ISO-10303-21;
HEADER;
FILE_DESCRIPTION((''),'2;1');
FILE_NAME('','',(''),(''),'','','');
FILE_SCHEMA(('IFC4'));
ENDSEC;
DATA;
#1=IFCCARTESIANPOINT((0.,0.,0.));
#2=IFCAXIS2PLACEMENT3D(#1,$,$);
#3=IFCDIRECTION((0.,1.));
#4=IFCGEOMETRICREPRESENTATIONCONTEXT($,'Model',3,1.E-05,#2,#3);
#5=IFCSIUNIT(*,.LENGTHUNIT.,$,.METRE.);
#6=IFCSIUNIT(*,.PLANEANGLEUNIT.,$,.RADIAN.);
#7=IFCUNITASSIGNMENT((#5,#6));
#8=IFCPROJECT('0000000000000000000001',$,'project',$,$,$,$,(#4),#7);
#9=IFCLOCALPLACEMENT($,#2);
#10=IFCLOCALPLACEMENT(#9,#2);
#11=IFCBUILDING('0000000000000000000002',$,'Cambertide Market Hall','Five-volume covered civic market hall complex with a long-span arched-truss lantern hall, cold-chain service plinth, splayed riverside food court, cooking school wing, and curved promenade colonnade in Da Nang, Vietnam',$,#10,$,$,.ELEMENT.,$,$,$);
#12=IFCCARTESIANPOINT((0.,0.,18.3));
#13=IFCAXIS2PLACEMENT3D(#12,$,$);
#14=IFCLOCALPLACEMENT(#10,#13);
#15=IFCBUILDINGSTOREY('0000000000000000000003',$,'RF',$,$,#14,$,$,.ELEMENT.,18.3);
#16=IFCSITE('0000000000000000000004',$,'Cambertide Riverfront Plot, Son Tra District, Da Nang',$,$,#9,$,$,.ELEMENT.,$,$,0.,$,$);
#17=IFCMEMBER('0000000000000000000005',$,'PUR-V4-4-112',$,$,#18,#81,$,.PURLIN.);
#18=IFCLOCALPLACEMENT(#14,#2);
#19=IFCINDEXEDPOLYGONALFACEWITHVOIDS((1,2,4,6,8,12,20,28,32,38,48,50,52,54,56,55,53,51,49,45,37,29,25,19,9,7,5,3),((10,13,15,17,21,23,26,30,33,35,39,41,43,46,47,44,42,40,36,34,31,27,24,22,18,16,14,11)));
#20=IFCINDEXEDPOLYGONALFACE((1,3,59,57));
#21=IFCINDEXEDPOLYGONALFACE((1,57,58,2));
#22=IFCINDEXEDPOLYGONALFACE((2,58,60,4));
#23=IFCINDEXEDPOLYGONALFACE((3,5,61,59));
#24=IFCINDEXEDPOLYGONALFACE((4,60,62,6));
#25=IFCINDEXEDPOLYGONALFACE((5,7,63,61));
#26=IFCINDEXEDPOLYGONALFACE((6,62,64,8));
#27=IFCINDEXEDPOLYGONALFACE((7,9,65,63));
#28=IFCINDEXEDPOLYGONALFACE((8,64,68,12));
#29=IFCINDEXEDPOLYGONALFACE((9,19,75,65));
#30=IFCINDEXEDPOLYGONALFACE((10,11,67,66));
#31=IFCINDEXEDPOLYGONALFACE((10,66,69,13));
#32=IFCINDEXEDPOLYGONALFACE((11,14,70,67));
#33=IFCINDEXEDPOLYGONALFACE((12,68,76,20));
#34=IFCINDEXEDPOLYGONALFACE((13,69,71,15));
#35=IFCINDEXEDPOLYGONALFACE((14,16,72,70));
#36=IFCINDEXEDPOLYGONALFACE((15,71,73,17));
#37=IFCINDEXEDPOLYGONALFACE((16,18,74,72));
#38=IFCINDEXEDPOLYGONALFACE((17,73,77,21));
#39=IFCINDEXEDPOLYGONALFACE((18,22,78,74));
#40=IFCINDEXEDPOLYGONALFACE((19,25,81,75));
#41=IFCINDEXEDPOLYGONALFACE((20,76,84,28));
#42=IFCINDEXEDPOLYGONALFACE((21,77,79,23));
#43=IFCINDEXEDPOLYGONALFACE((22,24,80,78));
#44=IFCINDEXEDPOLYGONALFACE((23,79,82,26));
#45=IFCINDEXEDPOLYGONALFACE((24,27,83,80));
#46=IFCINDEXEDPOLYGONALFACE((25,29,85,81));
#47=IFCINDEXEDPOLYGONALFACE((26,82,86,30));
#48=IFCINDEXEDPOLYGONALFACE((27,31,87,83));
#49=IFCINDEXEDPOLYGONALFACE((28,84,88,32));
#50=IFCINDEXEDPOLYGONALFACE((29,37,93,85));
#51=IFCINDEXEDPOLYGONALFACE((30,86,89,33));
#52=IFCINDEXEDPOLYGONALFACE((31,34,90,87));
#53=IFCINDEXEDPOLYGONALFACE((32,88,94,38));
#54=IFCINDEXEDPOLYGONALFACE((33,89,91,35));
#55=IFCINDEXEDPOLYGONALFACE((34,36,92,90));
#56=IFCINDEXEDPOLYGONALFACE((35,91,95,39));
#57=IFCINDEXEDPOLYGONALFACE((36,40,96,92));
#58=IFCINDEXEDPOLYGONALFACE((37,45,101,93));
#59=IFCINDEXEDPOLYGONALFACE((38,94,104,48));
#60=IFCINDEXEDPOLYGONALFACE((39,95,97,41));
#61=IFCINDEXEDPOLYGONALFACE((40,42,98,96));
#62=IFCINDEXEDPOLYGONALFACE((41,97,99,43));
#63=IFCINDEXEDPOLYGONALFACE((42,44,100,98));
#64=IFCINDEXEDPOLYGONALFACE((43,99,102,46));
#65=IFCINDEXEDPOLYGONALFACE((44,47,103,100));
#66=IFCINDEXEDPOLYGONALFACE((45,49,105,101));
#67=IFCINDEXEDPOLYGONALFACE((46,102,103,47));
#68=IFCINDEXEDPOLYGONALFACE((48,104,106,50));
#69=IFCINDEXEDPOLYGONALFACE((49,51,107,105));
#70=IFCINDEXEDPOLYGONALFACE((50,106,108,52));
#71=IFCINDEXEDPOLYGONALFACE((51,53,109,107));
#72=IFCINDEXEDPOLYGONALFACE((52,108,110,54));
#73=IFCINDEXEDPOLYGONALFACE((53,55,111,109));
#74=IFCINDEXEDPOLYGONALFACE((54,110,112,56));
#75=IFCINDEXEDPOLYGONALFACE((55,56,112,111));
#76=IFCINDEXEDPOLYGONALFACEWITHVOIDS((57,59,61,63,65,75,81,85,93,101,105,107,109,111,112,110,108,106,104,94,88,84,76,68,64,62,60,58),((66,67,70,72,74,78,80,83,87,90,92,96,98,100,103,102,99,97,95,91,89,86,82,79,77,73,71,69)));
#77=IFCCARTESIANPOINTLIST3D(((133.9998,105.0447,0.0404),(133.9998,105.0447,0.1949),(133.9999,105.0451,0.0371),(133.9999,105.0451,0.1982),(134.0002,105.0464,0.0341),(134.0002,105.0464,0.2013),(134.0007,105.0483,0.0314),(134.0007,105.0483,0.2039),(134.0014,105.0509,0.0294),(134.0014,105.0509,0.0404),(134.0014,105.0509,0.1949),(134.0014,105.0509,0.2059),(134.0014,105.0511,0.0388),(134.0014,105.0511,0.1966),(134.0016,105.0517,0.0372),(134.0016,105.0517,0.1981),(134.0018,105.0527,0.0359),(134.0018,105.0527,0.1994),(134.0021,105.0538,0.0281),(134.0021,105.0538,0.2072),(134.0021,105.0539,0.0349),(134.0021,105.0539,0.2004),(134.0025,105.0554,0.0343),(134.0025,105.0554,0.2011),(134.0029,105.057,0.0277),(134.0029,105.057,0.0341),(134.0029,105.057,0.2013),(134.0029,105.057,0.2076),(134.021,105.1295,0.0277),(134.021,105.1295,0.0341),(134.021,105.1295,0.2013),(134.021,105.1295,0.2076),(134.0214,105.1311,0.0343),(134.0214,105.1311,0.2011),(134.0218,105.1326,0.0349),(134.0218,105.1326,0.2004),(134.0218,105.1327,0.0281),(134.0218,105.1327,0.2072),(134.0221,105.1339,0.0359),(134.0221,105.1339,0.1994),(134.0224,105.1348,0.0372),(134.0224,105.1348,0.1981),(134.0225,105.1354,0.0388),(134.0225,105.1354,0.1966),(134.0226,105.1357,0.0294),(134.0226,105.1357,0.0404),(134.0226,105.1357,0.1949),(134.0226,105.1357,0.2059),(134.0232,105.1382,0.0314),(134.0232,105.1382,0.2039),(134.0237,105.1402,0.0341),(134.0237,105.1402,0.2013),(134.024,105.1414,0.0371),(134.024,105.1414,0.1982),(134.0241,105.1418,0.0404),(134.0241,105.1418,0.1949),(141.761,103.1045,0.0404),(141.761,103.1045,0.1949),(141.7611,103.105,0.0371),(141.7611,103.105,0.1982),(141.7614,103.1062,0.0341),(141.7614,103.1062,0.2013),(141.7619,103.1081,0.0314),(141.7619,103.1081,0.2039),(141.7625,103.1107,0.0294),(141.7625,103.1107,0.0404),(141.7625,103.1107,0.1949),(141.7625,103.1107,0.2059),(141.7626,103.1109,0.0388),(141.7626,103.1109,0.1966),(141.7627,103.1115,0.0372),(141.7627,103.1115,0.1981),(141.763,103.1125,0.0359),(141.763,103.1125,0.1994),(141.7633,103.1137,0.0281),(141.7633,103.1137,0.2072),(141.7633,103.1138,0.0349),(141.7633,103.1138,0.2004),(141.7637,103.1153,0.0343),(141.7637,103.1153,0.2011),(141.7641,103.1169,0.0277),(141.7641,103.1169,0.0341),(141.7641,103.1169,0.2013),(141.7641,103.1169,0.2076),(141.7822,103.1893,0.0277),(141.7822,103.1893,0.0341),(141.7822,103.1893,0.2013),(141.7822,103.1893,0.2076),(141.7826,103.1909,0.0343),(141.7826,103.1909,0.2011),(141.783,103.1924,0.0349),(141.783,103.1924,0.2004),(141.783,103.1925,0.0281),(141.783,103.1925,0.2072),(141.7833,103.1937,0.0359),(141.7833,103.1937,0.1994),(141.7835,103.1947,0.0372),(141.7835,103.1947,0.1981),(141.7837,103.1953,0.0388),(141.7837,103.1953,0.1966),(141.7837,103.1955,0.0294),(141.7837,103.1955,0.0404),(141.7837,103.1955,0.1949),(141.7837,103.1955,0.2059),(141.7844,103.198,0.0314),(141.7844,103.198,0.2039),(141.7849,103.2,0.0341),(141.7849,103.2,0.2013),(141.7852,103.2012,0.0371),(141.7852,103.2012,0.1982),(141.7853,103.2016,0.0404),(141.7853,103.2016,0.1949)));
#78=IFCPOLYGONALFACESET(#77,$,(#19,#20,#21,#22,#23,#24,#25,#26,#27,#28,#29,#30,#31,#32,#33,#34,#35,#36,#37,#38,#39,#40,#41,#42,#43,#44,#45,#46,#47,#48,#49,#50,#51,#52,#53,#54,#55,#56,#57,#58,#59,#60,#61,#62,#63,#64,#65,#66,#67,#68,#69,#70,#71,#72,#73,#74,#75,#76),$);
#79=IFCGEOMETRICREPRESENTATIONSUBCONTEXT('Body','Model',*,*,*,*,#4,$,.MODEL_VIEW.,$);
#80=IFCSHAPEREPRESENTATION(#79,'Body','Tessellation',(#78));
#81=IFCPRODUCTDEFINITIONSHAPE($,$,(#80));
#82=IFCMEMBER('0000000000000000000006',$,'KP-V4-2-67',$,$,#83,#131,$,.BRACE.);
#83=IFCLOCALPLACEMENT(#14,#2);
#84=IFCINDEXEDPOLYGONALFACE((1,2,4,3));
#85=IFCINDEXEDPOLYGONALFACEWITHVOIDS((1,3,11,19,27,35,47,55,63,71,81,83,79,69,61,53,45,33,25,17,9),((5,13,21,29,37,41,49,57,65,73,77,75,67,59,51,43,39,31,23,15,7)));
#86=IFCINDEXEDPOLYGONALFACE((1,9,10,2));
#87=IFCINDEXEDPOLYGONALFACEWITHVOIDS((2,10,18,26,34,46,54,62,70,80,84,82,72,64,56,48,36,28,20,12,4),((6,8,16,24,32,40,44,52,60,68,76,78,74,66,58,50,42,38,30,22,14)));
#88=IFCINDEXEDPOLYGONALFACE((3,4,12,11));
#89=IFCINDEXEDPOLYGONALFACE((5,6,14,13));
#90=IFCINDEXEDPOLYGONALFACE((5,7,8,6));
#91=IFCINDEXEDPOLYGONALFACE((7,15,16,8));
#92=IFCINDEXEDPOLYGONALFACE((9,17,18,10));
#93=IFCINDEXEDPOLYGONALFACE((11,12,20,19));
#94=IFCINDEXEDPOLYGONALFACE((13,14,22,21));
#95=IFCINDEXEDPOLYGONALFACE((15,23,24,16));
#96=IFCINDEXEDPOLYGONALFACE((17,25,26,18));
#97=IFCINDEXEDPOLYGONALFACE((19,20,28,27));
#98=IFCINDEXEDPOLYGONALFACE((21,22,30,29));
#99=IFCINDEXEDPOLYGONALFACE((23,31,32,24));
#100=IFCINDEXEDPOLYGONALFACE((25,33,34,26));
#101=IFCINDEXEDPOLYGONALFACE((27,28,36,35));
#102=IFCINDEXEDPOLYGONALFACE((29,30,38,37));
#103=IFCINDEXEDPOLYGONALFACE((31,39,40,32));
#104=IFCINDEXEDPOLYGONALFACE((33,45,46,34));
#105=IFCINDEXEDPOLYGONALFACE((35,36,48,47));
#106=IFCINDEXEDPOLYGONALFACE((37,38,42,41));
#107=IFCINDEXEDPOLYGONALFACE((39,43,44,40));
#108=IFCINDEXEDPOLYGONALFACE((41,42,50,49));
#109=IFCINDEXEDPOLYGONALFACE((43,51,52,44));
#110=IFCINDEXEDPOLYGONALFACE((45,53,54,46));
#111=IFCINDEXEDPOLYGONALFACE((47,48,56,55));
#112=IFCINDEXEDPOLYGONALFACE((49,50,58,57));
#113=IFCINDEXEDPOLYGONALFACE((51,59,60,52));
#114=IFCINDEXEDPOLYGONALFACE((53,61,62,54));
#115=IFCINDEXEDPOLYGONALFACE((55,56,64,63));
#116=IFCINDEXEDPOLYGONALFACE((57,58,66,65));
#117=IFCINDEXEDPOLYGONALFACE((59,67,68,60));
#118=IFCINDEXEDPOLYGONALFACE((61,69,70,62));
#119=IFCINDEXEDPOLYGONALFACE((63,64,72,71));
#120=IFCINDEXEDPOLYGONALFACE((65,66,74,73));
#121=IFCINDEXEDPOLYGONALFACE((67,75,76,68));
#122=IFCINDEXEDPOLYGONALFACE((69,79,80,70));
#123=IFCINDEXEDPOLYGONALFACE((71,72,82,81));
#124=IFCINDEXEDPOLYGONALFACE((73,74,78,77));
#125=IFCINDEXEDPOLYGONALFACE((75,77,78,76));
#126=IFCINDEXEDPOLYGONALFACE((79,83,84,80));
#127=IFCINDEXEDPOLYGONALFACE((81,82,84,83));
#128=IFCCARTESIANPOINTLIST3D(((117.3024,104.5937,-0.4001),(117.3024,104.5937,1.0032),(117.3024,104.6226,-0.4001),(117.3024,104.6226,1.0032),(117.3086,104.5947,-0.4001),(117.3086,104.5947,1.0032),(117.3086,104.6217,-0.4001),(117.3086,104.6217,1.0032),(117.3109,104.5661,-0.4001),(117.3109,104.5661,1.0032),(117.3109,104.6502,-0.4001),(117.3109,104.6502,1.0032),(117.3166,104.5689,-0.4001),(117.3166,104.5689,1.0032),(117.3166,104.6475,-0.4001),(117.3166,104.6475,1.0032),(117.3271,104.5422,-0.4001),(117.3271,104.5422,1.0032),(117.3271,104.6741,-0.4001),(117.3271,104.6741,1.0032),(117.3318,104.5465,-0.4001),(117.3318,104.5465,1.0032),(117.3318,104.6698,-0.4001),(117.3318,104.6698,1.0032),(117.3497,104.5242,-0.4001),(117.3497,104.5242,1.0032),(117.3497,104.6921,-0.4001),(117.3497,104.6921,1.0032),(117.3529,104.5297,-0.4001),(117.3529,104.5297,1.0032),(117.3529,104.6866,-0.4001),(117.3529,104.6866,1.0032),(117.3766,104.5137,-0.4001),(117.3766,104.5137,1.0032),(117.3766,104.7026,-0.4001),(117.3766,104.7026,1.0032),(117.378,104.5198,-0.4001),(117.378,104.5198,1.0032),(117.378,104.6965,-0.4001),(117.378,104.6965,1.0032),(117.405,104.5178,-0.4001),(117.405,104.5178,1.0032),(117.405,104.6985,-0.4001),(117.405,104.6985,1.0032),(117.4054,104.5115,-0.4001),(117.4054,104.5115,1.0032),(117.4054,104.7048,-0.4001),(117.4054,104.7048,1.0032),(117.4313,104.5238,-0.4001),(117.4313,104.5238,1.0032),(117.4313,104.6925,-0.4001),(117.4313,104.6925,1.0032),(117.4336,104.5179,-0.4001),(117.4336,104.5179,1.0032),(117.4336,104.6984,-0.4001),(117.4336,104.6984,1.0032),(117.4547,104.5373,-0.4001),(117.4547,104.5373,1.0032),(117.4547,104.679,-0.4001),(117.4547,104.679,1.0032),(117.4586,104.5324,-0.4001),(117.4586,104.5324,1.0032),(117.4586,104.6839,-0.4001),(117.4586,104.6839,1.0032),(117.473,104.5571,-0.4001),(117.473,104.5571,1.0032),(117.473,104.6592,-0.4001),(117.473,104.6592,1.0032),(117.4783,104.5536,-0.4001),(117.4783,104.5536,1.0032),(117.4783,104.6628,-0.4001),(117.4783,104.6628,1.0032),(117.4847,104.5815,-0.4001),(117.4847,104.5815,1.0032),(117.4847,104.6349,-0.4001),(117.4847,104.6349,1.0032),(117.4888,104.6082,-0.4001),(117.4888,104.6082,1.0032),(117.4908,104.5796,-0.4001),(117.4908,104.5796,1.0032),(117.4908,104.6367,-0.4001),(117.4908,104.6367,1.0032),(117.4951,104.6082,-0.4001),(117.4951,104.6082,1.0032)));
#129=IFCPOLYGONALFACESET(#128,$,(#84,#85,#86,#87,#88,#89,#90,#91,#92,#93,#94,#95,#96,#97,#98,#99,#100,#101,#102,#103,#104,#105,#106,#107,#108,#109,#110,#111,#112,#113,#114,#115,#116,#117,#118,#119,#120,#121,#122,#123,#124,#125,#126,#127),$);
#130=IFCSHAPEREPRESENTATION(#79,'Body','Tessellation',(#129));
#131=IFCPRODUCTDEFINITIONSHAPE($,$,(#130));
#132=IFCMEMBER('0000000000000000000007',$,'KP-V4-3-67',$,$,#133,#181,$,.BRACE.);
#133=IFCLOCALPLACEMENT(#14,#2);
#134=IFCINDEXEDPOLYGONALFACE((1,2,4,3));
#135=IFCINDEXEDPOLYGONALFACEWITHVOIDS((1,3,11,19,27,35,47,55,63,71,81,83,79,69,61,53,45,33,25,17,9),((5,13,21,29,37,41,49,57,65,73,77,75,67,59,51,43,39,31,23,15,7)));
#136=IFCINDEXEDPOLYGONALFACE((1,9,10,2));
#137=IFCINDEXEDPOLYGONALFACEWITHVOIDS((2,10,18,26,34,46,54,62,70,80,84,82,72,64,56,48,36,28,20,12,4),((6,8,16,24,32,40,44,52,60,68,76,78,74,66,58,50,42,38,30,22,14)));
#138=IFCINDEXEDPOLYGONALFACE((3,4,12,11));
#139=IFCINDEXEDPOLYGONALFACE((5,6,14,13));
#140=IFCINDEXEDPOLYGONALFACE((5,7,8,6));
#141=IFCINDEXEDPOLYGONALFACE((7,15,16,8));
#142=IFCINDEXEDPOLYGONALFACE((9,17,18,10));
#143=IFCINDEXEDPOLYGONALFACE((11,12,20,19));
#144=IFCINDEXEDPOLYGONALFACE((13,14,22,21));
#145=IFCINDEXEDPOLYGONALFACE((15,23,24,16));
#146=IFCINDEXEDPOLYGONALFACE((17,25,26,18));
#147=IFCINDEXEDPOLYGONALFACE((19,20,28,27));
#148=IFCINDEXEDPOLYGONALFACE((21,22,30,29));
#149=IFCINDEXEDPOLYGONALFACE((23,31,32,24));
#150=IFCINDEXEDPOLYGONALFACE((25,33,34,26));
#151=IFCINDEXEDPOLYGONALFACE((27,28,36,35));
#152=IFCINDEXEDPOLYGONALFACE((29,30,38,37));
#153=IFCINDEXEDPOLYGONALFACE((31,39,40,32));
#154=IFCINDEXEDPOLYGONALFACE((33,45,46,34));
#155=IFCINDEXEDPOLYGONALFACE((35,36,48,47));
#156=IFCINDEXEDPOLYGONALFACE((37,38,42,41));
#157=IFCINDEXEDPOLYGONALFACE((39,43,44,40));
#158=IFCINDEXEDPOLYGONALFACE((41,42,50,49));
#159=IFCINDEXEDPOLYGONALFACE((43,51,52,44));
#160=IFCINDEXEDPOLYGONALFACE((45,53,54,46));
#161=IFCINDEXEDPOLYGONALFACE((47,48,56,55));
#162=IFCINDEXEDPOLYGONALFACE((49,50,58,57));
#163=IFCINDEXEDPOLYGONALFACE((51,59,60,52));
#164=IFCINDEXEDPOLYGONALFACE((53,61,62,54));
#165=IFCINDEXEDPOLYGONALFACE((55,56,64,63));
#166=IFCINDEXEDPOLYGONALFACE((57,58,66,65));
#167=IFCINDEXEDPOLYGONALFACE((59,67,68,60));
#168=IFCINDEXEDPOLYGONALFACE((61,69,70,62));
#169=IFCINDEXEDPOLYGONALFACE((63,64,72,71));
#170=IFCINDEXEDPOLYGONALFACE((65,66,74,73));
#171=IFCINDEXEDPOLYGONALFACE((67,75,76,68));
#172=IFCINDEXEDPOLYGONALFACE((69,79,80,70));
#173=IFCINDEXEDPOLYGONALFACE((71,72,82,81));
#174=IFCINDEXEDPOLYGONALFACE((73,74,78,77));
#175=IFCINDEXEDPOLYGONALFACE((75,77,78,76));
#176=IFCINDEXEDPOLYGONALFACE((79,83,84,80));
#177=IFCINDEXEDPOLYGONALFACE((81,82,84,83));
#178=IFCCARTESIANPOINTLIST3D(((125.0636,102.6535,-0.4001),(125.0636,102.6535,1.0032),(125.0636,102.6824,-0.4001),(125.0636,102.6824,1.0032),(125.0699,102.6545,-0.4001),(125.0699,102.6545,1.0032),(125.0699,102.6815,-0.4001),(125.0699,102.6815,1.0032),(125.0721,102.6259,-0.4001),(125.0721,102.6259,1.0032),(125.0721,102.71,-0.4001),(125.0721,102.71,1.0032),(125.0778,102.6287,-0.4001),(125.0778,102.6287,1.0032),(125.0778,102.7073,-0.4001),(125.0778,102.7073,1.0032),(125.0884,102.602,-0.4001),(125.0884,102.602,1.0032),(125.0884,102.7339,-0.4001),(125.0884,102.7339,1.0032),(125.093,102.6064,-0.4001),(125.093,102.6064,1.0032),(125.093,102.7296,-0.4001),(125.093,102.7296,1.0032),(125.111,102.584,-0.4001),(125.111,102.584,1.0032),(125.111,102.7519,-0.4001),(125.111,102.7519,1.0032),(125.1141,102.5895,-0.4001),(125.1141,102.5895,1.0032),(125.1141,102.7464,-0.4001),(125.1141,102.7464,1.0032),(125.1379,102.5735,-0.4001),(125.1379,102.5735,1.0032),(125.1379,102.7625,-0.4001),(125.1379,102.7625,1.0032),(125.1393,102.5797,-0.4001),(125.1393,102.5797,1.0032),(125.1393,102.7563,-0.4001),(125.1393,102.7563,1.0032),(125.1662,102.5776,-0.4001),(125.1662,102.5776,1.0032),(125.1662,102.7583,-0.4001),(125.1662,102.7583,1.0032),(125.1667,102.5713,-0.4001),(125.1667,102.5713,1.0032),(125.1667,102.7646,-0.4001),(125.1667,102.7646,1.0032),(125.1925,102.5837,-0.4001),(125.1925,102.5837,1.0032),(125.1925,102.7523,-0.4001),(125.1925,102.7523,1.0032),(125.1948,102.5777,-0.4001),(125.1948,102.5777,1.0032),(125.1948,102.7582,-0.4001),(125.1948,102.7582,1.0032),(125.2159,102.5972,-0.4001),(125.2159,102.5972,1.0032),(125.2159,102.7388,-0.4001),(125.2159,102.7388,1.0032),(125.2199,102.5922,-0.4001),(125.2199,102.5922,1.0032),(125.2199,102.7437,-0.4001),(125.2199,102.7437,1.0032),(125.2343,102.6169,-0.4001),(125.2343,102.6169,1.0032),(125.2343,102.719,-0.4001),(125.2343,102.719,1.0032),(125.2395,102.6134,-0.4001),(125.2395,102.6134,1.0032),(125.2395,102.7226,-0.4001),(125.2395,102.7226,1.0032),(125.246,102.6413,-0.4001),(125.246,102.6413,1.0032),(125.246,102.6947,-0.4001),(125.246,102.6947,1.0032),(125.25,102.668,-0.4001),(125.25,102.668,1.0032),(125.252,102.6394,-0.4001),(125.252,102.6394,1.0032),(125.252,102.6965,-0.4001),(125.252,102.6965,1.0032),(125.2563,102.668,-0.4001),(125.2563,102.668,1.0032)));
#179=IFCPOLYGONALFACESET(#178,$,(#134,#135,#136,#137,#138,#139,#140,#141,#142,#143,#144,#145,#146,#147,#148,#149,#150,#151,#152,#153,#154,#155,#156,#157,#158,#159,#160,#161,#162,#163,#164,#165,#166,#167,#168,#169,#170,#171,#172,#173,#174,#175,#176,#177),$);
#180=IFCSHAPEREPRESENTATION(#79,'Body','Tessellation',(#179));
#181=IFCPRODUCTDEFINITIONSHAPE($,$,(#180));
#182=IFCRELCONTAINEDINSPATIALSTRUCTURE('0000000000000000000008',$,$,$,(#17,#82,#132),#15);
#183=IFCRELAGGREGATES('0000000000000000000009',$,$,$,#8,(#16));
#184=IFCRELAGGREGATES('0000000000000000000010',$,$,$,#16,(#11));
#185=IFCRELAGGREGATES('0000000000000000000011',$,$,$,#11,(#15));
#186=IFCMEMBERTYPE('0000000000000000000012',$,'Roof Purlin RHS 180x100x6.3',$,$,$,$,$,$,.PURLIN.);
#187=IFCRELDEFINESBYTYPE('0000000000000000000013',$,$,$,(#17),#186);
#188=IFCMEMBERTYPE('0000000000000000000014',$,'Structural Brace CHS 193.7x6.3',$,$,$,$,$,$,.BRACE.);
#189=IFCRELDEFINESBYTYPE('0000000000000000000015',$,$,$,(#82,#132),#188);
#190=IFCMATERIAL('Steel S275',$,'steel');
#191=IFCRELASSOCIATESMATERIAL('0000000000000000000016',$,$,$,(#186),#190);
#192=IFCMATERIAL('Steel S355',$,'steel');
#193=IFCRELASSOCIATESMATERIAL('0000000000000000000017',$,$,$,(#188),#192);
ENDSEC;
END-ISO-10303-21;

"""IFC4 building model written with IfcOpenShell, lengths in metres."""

from ifc_helpers import new_model, si_unit, direction, frame, origin, origin_2d, place, context, subcontext, project, spatial, hollow_rectangle, hollow_circle, extrude, material, material_profile, profile_set, type_object, element, save


model = new_model("IFC4")

# Units and contexts
model_context = context("Model", 3, precision=1e-05, world=origin(), true_north=direction((0.0, 1.0)))
body_context = subcontext(model_context, "Body", "Model", "MODEL_VIEW")
ifc_project = project(units=[si_unit("LENGTHUNIT", "METRE"), si_unit("PLANEANGLEUNIT", "RADIAN")], contexts=[model_context])

# Site, building, storey
site_placement = place(None, origin())
site = spatial("IfcSite", under=ifc_project, at=site_placement, Name="Cambertide Riverfront Plot, Son Tra District, Da Nang", CompositionType="ELEMENT", RefElevation=0.0)
building_placement = place(site_placement, origin())
building = spatial("IfcBuilding", under=site, at=building_placement, Name="Cambertide Market Hall", Description="Five-volume covered civic market hall complex with a long-span arched-truss lantern hall, cold-chain service plinth, splayed riverside food court, cooking school wing, and curved promenade colonnade in Da Nang, Vietnam", CompositionType="ELEMENT")
storey_placement = place(building_placement, frame((0.0, 0.0, 18.3)))
storey = spatial("IfcBuildingStorey", under=building, at=storey_placement, Name="RF", CompositionType="ELEMENT", Elevation=18.3)

# Members
ifc_material_1 = material(Name="Steel S275", Category="steel")
ifc_material_profile_1 = material_profile(ifc_material_1, hollow_rectangle(XDim=0.1001, YDim=0.1799, WallThickness=0.0063, InnerFilletRadius=0.0063, OuterFilletRadius=0.0127, at=origin_2d()), Name="RHS 180x100x6.3")
ifc_profile_set_1 = profile_set([ifc_material_profile_1], Name="Steel S275")
member_type_1 = type_object("IfcMemberType", Name="Roof Purlin RHS 180x100x6.3", PredefinedType="PURLIN", material=ifc_profile_set_1)
member_1_placement = place(storey_placement, frame((134.012, 105.0933, 0.1177), z_axis=(0.970146, -0.242521, 0.0), x_axis=(0.242521, 0.970146, 0.0)))
element("IfcMember", 1, at=member_1_placement, inside=storey, type_object=member_type_1, Name="PUR-V4-4-112", PredefinedType="PURLIN", context=body_context, shape_type="SweptSolid", body=[
    extrude(hollow_rectangle(XDim=0.1001, YDim=0.1799, WallThickness=0.0063, InnerFilletRadius=0.0063, OuterFilletRadius=0.0127, at=origin_2d()), origin(), (0.0, 0.0, 1.0), 8.0),
])
ifc_material_2 = material(Name="Steel S355", Category="steel")
ifc_material_profile_2 = material_profile(ifc_material_2, hollow_circle(Radius=0.0969, WallThickness=0.0063, at=origin_2d()), Name="CHS 193.7x6.3")
ifc_profile_set_2 = profile_set([ifc_material_profile_2], Name="Steel S355")
member_type_2 = type_object("IfcMemberType", Name="Structural Brace CHS 193.7x6.3", PredefinedType="BRACE", material=ifc_profile_set_2)
for number, where, z_axis, x_axis, name in (
    (2, (117.3982, 104.6082, -0.4001), (0.0, 0.0, 1.0), (1.0, 0.0, 0.0), "KP-V4-2-67"),
    (3, (125.1594, 102.668, -0.4001), (0.0, 0.0, 1.0), (1.0, 0.0, 0.0), "KP-V4-3-67"),
):
    element("IfcMember", number, at=place(storey_placement, frame(where, z_axis=z_axis, x_axis=x_axis)), inside=storey, type_object=member_type_2, Name=name, PredefinedType="BRACE", context=body_context, shape_type="SweptSolid", body=[
        extrude(hollow_circle(Radius=0.0969, WallThickness=0.0063, at=origin_2d()), origin(), (0.0, 0.0, 1.0), 1.4033),
    ])

save(model, "model.ifc")
